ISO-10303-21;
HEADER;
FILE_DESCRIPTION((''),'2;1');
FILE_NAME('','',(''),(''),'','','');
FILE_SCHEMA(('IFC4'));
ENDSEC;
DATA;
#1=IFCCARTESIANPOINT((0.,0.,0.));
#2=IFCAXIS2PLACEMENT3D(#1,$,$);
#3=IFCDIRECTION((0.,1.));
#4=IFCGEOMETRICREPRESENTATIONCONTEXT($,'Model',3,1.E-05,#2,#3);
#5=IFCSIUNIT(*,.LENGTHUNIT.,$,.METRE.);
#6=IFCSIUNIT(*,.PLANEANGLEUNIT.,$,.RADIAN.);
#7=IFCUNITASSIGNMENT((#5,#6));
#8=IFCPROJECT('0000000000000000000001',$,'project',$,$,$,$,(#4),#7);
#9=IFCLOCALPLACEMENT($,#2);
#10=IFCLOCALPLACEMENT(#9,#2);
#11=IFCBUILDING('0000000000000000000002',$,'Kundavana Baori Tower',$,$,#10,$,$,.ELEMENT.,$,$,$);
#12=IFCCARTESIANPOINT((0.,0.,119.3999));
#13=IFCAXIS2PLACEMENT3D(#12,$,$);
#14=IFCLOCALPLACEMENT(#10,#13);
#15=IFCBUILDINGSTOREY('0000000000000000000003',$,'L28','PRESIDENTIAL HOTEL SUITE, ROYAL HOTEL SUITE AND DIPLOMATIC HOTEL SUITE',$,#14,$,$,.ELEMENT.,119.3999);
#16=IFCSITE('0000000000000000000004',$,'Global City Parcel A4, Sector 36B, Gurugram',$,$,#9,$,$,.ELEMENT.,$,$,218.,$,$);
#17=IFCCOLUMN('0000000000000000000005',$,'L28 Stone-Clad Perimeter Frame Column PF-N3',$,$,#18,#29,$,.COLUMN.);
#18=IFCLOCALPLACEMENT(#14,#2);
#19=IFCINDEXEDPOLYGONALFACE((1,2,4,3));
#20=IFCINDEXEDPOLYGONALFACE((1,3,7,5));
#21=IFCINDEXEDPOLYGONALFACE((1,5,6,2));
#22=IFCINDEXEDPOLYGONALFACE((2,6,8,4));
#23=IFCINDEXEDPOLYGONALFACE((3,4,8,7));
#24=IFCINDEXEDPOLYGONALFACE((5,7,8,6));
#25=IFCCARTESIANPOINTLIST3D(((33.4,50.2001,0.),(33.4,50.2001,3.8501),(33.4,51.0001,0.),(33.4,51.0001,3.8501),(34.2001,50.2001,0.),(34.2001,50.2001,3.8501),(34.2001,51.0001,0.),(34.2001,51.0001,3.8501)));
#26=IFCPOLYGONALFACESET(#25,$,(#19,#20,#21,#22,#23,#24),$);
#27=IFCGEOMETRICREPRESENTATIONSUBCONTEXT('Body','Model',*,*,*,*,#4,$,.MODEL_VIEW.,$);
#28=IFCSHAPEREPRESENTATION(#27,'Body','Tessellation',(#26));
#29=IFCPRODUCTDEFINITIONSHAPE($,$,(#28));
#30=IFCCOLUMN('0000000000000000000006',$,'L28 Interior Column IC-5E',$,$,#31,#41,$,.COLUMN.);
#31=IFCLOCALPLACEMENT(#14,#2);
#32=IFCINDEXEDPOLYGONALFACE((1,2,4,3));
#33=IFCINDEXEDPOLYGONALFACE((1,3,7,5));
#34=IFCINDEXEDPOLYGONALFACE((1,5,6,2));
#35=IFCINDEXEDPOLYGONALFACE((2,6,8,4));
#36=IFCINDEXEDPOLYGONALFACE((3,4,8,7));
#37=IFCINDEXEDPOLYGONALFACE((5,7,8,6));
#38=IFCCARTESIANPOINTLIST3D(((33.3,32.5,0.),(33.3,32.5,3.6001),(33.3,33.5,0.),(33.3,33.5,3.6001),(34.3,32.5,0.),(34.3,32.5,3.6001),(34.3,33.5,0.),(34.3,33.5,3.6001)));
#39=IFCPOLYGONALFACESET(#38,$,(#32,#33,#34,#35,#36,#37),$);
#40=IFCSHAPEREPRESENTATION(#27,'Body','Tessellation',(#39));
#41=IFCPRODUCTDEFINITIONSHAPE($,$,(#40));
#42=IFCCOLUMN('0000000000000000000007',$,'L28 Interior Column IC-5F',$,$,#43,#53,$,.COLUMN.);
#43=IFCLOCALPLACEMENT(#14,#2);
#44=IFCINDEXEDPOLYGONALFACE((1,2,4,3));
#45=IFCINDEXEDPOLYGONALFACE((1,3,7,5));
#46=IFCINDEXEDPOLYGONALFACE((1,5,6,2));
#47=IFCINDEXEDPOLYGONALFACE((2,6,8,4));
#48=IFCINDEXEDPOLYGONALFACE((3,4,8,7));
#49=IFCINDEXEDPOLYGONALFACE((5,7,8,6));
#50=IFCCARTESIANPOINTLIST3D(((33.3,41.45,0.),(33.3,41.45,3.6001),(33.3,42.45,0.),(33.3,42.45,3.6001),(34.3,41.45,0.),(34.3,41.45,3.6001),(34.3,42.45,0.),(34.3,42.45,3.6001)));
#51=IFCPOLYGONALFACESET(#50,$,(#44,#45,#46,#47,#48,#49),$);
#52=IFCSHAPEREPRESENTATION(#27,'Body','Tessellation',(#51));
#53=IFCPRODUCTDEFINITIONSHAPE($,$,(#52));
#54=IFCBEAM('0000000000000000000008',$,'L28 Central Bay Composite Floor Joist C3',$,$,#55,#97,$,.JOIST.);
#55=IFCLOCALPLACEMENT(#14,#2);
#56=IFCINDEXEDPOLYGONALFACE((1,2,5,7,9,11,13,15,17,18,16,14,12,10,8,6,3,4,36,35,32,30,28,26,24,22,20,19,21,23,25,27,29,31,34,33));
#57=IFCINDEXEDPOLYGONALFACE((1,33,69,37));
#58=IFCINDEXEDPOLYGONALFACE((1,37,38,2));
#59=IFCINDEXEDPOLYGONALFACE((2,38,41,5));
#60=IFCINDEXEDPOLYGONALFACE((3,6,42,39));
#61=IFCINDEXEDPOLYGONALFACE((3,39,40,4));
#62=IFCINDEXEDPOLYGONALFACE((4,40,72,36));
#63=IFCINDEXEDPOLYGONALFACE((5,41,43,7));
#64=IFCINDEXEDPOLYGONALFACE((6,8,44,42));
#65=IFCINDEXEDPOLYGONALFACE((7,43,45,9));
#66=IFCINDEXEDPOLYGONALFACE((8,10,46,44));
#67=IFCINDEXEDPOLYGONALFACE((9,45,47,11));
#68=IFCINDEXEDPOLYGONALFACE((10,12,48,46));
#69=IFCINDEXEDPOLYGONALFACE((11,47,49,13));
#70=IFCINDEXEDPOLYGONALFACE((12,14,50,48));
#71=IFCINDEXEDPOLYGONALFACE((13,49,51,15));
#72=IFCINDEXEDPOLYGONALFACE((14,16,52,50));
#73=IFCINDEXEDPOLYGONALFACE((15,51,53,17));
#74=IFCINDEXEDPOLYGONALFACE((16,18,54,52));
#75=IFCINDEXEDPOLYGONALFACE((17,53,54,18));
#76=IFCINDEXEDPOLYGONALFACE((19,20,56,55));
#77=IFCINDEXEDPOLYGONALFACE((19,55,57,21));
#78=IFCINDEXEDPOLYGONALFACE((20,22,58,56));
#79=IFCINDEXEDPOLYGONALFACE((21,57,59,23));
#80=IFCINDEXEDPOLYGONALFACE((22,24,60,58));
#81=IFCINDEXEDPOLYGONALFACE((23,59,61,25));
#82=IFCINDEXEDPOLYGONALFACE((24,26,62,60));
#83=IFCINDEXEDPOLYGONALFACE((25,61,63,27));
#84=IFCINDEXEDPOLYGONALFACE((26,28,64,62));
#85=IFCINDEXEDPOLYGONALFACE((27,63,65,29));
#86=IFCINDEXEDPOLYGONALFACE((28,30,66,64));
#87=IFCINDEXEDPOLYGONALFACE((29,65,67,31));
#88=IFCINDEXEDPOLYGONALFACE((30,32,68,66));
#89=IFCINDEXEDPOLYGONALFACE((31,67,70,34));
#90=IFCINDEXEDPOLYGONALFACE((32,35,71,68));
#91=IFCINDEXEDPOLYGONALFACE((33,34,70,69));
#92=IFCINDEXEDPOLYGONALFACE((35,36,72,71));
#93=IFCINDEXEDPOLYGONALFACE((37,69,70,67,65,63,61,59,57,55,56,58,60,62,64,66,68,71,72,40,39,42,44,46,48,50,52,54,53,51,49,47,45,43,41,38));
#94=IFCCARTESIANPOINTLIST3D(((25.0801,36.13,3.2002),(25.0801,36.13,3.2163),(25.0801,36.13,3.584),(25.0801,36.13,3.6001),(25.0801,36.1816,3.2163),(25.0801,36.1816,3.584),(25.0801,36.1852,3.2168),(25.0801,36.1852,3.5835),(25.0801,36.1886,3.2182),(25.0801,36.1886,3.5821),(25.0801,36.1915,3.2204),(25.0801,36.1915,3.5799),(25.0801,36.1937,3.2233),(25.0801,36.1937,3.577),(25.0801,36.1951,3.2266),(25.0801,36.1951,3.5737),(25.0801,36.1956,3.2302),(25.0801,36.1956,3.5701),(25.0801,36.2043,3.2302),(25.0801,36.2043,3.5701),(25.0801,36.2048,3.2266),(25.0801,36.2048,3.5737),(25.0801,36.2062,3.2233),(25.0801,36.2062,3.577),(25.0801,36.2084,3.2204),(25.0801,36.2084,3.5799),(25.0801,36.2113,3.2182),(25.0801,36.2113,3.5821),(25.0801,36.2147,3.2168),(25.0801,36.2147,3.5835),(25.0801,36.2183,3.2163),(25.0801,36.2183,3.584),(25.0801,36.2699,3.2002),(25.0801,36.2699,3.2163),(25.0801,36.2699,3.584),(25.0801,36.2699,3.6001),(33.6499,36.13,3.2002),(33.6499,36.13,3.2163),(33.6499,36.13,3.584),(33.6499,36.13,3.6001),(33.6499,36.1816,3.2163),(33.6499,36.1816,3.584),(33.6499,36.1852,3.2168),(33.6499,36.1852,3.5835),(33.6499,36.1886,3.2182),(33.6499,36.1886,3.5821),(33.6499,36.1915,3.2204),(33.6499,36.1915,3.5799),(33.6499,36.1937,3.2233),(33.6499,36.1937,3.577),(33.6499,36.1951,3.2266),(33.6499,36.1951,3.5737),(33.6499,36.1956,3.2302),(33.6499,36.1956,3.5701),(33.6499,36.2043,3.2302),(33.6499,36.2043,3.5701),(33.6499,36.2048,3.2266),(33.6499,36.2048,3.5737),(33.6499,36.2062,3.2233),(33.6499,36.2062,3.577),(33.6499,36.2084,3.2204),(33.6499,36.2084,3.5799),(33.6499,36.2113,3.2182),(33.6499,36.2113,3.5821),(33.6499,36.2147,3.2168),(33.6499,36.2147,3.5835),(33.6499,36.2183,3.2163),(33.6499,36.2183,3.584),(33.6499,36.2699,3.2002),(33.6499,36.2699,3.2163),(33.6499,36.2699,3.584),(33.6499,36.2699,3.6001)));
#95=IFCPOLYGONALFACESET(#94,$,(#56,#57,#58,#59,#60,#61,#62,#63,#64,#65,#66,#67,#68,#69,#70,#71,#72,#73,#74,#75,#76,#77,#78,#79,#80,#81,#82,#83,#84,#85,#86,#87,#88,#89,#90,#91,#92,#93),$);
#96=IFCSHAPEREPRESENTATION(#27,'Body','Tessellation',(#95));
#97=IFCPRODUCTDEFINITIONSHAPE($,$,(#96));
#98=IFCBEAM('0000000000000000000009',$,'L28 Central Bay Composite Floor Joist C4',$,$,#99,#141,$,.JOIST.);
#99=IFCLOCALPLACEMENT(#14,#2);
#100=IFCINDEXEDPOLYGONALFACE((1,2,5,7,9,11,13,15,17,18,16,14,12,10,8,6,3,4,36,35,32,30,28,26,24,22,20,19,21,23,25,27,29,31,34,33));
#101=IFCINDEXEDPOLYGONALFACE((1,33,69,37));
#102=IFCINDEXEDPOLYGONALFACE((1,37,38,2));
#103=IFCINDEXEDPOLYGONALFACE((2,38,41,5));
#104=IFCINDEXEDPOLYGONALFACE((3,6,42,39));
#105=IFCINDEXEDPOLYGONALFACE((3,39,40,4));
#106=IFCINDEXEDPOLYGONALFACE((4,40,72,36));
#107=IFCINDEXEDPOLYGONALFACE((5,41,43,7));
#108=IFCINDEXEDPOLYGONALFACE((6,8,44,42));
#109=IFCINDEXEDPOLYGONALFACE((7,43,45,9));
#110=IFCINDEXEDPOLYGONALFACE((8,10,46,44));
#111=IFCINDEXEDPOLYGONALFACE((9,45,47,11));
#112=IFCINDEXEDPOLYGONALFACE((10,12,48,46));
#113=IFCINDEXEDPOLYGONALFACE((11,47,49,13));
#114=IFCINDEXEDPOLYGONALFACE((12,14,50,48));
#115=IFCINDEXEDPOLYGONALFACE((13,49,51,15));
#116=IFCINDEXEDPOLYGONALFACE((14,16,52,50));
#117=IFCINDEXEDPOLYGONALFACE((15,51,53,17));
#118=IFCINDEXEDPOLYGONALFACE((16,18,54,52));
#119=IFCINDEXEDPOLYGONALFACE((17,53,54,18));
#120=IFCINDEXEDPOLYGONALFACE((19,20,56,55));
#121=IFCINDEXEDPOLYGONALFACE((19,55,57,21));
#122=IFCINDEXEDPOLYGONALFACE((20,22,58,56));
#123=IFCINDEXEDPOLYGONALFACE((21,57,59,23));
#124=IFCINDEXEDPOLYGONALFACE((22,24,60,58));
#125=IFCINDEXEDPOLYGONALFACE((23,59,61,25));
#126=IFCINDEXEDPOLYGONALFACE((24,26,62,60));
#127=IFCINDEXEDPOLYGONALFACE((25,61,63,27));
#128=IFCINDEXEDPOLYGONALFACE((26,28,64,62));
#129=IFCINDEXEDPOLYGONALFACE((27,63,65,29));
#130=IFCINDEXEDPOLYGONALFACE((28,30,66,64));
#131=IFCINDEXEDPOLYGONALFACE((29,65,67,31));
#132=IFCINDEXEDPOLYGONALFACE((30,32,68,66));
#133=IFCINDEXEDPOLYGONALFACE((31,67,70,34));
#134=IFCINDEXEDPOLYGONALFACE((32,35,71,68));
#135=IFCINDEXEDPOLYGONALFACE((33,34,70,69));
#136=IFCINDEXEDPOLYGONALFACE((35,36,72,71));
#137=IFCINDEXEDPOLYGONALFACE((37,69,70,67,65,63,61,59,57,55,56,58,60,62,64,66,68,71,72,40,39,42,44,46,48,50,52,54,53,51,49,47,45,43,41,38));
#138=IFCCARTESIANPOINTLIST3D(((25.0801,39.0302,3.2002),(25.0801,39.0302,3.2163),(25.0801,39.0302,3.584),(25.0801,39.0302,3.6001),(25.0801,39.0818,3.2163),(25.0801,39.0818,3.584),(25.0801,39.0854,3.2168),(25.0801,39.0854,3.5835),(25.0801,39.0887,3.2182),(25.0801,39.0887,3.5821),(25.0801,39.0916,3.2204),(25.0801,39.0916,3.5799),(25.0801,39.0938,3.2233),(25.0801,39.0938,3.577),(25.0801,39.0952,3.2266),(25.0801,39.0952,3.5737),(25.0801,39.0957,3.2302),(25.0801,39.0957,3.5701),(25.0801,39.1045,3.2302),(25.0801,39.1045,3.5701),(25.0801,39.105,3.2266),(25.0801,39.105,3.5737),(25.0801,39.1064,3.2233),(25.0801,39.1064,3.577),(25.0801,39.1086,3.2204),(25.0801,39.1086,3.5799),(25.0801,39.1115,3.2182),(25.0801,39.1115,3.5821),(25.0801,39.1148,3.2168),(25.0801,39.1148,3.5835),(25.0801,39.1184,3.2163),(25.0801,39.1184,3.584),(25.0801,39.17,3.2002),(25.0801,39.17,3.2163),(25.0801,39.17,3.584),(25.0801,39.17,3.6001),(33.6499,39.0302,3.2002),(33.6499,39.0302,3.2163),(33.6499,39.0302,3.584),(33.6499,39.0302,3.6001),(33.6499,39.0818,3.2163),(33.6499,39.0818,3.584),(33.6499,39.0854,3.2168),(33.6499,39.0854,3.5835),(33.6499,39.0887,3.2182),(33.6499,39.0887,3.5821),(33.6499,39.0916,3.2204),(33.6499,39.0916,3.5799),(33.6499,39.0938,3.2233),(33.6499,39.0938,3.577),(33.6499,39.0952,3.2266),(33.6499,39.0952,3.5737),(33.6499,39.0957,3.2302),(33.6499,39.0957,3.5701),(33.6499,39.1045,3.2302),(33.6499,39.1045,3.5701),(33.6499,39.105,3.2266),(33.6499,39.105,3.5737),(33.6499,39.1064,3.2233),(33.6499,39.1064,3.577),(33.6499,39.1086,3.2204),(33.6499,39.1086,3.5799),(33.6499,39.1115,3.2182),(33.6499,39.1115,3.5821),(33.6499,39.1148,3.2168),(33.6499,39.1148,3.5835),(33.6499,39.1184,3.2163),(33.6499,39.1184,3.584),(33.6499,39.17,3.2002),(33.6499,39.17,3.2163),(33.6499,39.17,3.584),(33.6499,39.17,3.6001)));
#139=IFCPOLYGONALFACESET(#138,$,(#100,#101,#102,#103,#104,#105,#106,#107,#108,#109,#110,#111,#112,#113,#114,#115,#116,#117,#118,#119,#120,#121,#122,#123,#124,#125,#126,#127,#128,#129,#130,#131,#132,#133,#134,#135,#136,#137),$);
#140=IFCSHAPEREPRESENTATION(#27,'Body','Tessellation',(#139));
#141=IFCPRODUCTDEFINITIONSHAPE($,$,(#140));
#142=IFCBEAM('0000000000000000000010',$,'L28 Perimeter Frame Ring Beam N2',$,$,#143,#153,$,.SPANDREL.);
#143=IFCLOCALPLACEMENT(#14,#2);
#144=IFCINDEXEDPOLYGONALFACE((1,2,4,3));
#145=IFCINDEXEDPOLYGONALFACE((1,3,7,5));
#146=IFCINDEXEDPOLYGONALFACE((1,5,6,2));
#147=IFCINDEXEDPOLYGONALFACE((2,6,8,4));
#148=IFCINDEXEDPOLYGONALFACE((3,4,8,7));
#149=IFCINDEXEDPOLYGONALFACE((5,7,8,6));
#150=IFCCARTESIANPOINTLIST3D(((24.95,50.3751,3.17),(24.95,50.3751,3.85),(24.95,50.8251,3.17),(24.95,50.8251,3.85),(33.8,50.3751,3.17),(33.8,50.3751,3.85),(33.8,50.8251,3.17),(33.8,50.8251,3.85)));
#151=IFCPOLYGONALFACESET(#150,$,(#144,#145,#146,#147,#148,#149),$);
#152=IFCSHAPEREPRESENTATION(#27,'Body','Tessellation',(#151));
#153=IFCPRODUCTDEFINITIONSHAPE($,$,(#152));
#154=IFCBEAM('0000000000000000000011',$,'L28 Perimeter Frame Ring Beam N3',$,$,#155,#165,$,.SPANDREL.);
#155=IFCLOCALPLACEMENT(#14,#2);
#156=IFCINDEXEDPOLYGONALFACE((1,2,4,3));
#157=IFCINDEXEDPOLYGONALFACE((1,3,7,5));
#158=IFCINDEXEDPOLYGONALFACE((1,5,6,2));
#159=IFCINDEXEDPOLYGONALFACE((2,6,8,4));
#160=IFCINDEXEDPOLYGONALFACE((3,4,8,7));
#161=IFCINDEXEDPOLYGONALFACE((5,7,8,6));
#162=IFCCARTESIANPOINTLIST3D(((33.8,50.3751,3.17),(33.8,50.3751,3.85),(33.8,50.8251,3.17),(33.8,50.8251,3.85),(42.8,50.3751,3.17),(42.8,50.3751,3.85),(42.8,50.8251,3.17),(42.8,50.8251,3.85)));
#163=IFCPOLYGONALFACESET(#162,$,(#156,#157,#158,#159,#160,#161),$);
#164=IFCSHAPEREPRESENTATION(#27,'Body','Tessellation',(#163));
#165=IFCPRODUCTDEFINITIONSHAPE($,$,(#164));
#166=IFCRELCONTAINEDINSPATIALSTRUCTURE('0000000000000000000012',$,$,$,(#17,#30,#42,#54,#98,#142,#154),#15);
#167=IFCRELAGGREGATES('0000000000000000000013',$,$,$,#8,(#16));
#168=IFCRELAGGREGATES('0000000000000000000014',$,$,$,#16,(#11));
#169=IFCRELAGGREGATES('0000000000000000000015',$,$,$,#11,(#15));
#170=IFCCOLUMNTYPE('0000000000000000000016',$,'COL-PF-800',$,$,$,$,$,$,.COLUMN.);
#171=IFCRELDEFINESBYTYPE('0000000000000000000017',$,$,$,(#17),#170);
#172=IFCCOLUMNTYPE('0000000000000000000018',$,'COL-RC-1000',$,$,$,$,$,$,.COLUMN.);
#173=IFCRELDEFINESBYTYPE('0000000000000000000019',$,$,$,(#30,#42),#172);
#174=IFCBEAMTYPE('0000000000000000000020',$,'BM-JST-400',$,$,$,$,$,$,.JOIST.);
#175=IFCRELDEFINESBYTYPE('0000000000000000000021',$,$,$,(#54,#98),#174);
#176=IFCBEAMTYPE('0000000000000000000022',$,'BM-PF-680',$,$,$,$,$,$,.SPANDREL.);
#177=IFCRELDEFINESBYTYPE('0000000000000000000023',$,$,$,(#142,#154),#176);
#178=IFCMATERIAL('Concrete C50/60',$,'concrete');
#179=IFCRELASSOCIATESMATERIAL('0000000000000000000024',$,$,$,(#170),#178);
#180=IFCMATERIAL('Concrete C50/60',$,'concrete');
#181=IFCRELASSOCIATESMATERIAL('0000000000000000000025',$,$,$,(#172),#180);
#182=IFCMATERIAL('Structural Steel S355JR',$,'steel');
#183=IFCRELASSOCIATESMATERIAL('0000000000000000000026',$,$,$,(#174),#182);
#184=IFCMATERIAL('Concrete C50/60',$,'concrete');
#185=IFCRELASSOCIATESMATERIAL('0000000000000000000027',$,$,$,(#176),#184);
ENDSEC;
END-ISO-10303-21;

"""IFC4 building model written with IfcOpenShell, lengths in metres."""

from ifc_helpers import new_model, si_unit, direction, frame, origin, origin_2d, place, context, subcontext, project, spatial, rectangle, i_section, extrude, material, material_profile, profile_set, type_object, element, save


model = new_model("IFC4")

# Units and contexts
model_context = context("Model", 3, precision=1e-05, world=origin(), true_north=direction((0.0, 1.0)))
body_context = subcontext(model_context, "Body", "Model", "MODEL_VIEW")
ifc_project = project(units=[si_unit("LENGTHUNIT", "METRE"), si_unit("PLANEANGLEUNIT", "RADIAN")], contexts=[model_context])

# Site, building, storey
site_placement = place(None, origin())
site = spatial("IfcSite", under=ifc_project, at=site_placement, Name="Global City Parcel A4, Sector 36B, Gurugram", CompositionType="ELEMENT", RefElevation=218.0)
building_placement = place(site_placement, origin())
building = spatial("IfcBuilding", under=site, at=building_placement, Name="Kundavana Baori Tower", CompositionType="ELEMENT")
storey_placement = place(building_placement, frame((0.0, 0.0, 119.3999)))
storey = spatial("IfcBuildingStorey", under=building, at=storey_placement, Name="L28", Description="PRESIDENTIAL HOTEL SUITE, ROYAL HOTEL SUITE AND DIPLOMATIC HOTEL SUITE", CompositionType="ELEMENT", Elevation=119.3999)

# Columns
ifc_material_1 = material(Name="Concrete C50/60", Category="concrete")
ifc_material_profile_1 = material_profile(ifc_material_1, rectangle(XDim=0.8, YDim=0.8, at=origin_2d()), Name="RC PF 800x800")
ifc_profile_set_1 = profile_set([ifc_material_profile_1], Name="Concrete C50/60")
column_type_1 = type_object("IfcColumnType", Name="COL-PF-800", PredefinedType="COLUMN", material=ifc_profile_set_1)
column_placement = place(storey_placement, frame((33.8, 50.6001, 0.0), z_axis=(0.0, 0.0, 1.0), x_axis=(1.0, 0.0, 0.0)))
element("IfcColumn", 1, at=column_placement, inside=storey, type_object=column_type_1, Name="L28 Stone-Clad Perimeter Frame Column PF-N3", PredefinedType="COLUMN", context=body_context, shape_type="SweptSolid", body=[
    extrude(rectangle(XDim=0.8, YDim=0.8, at=origin_2d()), origin(), (0.0, 0.0, 1.0), 3.8501),
])
ifc_material_2 = material(Name="Concrete C50/60", Category="concrete")
ifc_material_profile_2 = material_profile(ifc_material_2, rectangle(XDim=1.0, YDim=1.0, at=origin_2d()), Name="RC 1000x1000")
ifc_profile_set_2 = profile_set([ifc_material_profile_2], Name="Concrete C50/60")
column_type_2 = type_object("IfcColumnType", Name="COL-RC-1000", PredefinedType="COLUMN", material=ifc_profile_set_2)
for number, where, z_axis, x_axis, name in (
    (2, (33.8, 33.0, 0.0), (0.0, 0.0, 1.0), (1.0, 0.0, 0.0), "L28 Interior Column IC-5E"),
    (3, (33.8, 41.95, 0.0), (0.0, 0.0, 1.0), (1.0, 0.0, 0.0), "L28 Interior Column IC-5F"),
):
    element("IfcColumn", number, at=place(storey_placement, frame(where, z_axis=z_axis, x_axis=x_axis)), inside=storey, type_object=column_type_2, Name=name, PredefinedType="COLUMN", context=body_context, shape_type="SweptSolid", body=[
        extrude(rectangle(XDim=1.0, YDim=1.0, at=origin_2d()), origin(), (0.0, 0.0, 1.0), 3.6001),
    ])

# Beams
ifc_material_3 = material(Name="Structural Steel S355JR", Category="steel")
ifc_material_profile_3 = material_profile(ifc_material_3, i_section(OverallWidth=0.1399, OverallDepth=0.3999, WebThickness=0.0088, FlangeThickness=0.0161, FilletRadius=0.0139, at=origin_2d()), Name="ISMB 400")
ifc_profile_set_3 = profile_set([ifc_material_profile_3], Name="Structural Steel S355JR")
beam_type_1 = type_object("IfcBeamType", Name="BM-JST-400", PredefinedType="JOIST", material=ifc_profile_set_3)
for number, where, z_axis, x_axis, name in (
    (4, (25.0801, 36.2, 3.4001), (1.0, 0.0, 0.0), (0.0, 1.0, 0.0), "L28 Central Bay Composite Floor Joist C3"),
    (5, (25.0801, 39.1001, 3.4001), (1.0, 0.0, 0.0), (0.0, 1.0, 0.0), "L28 Central Bay Composite Floor Joist C4"),
):
    element("IfcBeam", number, at=place(storey_placement, frame(where, z_axis=z_axis, x_axis=x_axis)), inside=storey, type_object=beam_type_1, Name=name, PredefinedType="JOIST", context=body_context, shape_type="SweptSolid", body=[
        extrude(i_section(OverallWidth=0.1399, OverallDepth=0.3999, WebThickness=0.0088, FlangeThickness=0.0161, FilletRadius=0.0139, at=origin_2d()), origin(), (0.0, 0.0, 1.0), 8.5698),
    ])
ifc_material_4 = material(Name="Concrete C50/60", Category="concrete")
ifc_material_profile_4 = material_profile(ifc_material_4, rectangle(XDim=0.45, YDim=0.6799, at=origin_2d()), Name="RC BM 450x680")
ifc_profile_set_4 = profile_set([ifc_material_profile_4], Name="Concrete C50/60")
beam_type_2 = type_object("IfcBeamType", Name="BM-PF-680", PredefinedType="SPANDREL", material=ifc_profile_set_4)
beam_1_placement = place(storey_placement, frame((24.95, 50.6001, 3.51), z_axis=(1.0, 0.0, 0.0), x_axis=(0.0, 1.0, 0.0)))
element("IfcBeam", 6, at=beam_1_placement, inside=storey, type_object=beam_type_2, Name="L28 Perimeter Frame Ring Beam N2", PredefinedType="SPANDREL", context=body_context, shape_type="SweptSolid", body=[
    extrude(rectangle(XDim=0.45, YDim=0.6799, at=origin_2d()), origin(), (0.0, 0.0, 1.0), 8.8501),
])
beam_2_placement = place(storey_placement, frame((33.8, 50.6001, 3.51), z_axis=(1.0, 0.0, 0.0), x_axis=(0.0, 1.0, 0.0)))
element("IfcBeam", 7, at=beam_2_placement, inside=storey, type_object=beam_type_2, Name="L28 Perimeter Frame Ring Beam N3", PredefinedType="SPANDREL", context=body_context, shape_type="SweptSolid", body=[
    extrude(rectangle(XDim=0.45, YDim=0.6799, at=origin_2d()), origin(), (0.0, 0.0, 1.0), 9.0),
])

save(model, "model.ifc")
